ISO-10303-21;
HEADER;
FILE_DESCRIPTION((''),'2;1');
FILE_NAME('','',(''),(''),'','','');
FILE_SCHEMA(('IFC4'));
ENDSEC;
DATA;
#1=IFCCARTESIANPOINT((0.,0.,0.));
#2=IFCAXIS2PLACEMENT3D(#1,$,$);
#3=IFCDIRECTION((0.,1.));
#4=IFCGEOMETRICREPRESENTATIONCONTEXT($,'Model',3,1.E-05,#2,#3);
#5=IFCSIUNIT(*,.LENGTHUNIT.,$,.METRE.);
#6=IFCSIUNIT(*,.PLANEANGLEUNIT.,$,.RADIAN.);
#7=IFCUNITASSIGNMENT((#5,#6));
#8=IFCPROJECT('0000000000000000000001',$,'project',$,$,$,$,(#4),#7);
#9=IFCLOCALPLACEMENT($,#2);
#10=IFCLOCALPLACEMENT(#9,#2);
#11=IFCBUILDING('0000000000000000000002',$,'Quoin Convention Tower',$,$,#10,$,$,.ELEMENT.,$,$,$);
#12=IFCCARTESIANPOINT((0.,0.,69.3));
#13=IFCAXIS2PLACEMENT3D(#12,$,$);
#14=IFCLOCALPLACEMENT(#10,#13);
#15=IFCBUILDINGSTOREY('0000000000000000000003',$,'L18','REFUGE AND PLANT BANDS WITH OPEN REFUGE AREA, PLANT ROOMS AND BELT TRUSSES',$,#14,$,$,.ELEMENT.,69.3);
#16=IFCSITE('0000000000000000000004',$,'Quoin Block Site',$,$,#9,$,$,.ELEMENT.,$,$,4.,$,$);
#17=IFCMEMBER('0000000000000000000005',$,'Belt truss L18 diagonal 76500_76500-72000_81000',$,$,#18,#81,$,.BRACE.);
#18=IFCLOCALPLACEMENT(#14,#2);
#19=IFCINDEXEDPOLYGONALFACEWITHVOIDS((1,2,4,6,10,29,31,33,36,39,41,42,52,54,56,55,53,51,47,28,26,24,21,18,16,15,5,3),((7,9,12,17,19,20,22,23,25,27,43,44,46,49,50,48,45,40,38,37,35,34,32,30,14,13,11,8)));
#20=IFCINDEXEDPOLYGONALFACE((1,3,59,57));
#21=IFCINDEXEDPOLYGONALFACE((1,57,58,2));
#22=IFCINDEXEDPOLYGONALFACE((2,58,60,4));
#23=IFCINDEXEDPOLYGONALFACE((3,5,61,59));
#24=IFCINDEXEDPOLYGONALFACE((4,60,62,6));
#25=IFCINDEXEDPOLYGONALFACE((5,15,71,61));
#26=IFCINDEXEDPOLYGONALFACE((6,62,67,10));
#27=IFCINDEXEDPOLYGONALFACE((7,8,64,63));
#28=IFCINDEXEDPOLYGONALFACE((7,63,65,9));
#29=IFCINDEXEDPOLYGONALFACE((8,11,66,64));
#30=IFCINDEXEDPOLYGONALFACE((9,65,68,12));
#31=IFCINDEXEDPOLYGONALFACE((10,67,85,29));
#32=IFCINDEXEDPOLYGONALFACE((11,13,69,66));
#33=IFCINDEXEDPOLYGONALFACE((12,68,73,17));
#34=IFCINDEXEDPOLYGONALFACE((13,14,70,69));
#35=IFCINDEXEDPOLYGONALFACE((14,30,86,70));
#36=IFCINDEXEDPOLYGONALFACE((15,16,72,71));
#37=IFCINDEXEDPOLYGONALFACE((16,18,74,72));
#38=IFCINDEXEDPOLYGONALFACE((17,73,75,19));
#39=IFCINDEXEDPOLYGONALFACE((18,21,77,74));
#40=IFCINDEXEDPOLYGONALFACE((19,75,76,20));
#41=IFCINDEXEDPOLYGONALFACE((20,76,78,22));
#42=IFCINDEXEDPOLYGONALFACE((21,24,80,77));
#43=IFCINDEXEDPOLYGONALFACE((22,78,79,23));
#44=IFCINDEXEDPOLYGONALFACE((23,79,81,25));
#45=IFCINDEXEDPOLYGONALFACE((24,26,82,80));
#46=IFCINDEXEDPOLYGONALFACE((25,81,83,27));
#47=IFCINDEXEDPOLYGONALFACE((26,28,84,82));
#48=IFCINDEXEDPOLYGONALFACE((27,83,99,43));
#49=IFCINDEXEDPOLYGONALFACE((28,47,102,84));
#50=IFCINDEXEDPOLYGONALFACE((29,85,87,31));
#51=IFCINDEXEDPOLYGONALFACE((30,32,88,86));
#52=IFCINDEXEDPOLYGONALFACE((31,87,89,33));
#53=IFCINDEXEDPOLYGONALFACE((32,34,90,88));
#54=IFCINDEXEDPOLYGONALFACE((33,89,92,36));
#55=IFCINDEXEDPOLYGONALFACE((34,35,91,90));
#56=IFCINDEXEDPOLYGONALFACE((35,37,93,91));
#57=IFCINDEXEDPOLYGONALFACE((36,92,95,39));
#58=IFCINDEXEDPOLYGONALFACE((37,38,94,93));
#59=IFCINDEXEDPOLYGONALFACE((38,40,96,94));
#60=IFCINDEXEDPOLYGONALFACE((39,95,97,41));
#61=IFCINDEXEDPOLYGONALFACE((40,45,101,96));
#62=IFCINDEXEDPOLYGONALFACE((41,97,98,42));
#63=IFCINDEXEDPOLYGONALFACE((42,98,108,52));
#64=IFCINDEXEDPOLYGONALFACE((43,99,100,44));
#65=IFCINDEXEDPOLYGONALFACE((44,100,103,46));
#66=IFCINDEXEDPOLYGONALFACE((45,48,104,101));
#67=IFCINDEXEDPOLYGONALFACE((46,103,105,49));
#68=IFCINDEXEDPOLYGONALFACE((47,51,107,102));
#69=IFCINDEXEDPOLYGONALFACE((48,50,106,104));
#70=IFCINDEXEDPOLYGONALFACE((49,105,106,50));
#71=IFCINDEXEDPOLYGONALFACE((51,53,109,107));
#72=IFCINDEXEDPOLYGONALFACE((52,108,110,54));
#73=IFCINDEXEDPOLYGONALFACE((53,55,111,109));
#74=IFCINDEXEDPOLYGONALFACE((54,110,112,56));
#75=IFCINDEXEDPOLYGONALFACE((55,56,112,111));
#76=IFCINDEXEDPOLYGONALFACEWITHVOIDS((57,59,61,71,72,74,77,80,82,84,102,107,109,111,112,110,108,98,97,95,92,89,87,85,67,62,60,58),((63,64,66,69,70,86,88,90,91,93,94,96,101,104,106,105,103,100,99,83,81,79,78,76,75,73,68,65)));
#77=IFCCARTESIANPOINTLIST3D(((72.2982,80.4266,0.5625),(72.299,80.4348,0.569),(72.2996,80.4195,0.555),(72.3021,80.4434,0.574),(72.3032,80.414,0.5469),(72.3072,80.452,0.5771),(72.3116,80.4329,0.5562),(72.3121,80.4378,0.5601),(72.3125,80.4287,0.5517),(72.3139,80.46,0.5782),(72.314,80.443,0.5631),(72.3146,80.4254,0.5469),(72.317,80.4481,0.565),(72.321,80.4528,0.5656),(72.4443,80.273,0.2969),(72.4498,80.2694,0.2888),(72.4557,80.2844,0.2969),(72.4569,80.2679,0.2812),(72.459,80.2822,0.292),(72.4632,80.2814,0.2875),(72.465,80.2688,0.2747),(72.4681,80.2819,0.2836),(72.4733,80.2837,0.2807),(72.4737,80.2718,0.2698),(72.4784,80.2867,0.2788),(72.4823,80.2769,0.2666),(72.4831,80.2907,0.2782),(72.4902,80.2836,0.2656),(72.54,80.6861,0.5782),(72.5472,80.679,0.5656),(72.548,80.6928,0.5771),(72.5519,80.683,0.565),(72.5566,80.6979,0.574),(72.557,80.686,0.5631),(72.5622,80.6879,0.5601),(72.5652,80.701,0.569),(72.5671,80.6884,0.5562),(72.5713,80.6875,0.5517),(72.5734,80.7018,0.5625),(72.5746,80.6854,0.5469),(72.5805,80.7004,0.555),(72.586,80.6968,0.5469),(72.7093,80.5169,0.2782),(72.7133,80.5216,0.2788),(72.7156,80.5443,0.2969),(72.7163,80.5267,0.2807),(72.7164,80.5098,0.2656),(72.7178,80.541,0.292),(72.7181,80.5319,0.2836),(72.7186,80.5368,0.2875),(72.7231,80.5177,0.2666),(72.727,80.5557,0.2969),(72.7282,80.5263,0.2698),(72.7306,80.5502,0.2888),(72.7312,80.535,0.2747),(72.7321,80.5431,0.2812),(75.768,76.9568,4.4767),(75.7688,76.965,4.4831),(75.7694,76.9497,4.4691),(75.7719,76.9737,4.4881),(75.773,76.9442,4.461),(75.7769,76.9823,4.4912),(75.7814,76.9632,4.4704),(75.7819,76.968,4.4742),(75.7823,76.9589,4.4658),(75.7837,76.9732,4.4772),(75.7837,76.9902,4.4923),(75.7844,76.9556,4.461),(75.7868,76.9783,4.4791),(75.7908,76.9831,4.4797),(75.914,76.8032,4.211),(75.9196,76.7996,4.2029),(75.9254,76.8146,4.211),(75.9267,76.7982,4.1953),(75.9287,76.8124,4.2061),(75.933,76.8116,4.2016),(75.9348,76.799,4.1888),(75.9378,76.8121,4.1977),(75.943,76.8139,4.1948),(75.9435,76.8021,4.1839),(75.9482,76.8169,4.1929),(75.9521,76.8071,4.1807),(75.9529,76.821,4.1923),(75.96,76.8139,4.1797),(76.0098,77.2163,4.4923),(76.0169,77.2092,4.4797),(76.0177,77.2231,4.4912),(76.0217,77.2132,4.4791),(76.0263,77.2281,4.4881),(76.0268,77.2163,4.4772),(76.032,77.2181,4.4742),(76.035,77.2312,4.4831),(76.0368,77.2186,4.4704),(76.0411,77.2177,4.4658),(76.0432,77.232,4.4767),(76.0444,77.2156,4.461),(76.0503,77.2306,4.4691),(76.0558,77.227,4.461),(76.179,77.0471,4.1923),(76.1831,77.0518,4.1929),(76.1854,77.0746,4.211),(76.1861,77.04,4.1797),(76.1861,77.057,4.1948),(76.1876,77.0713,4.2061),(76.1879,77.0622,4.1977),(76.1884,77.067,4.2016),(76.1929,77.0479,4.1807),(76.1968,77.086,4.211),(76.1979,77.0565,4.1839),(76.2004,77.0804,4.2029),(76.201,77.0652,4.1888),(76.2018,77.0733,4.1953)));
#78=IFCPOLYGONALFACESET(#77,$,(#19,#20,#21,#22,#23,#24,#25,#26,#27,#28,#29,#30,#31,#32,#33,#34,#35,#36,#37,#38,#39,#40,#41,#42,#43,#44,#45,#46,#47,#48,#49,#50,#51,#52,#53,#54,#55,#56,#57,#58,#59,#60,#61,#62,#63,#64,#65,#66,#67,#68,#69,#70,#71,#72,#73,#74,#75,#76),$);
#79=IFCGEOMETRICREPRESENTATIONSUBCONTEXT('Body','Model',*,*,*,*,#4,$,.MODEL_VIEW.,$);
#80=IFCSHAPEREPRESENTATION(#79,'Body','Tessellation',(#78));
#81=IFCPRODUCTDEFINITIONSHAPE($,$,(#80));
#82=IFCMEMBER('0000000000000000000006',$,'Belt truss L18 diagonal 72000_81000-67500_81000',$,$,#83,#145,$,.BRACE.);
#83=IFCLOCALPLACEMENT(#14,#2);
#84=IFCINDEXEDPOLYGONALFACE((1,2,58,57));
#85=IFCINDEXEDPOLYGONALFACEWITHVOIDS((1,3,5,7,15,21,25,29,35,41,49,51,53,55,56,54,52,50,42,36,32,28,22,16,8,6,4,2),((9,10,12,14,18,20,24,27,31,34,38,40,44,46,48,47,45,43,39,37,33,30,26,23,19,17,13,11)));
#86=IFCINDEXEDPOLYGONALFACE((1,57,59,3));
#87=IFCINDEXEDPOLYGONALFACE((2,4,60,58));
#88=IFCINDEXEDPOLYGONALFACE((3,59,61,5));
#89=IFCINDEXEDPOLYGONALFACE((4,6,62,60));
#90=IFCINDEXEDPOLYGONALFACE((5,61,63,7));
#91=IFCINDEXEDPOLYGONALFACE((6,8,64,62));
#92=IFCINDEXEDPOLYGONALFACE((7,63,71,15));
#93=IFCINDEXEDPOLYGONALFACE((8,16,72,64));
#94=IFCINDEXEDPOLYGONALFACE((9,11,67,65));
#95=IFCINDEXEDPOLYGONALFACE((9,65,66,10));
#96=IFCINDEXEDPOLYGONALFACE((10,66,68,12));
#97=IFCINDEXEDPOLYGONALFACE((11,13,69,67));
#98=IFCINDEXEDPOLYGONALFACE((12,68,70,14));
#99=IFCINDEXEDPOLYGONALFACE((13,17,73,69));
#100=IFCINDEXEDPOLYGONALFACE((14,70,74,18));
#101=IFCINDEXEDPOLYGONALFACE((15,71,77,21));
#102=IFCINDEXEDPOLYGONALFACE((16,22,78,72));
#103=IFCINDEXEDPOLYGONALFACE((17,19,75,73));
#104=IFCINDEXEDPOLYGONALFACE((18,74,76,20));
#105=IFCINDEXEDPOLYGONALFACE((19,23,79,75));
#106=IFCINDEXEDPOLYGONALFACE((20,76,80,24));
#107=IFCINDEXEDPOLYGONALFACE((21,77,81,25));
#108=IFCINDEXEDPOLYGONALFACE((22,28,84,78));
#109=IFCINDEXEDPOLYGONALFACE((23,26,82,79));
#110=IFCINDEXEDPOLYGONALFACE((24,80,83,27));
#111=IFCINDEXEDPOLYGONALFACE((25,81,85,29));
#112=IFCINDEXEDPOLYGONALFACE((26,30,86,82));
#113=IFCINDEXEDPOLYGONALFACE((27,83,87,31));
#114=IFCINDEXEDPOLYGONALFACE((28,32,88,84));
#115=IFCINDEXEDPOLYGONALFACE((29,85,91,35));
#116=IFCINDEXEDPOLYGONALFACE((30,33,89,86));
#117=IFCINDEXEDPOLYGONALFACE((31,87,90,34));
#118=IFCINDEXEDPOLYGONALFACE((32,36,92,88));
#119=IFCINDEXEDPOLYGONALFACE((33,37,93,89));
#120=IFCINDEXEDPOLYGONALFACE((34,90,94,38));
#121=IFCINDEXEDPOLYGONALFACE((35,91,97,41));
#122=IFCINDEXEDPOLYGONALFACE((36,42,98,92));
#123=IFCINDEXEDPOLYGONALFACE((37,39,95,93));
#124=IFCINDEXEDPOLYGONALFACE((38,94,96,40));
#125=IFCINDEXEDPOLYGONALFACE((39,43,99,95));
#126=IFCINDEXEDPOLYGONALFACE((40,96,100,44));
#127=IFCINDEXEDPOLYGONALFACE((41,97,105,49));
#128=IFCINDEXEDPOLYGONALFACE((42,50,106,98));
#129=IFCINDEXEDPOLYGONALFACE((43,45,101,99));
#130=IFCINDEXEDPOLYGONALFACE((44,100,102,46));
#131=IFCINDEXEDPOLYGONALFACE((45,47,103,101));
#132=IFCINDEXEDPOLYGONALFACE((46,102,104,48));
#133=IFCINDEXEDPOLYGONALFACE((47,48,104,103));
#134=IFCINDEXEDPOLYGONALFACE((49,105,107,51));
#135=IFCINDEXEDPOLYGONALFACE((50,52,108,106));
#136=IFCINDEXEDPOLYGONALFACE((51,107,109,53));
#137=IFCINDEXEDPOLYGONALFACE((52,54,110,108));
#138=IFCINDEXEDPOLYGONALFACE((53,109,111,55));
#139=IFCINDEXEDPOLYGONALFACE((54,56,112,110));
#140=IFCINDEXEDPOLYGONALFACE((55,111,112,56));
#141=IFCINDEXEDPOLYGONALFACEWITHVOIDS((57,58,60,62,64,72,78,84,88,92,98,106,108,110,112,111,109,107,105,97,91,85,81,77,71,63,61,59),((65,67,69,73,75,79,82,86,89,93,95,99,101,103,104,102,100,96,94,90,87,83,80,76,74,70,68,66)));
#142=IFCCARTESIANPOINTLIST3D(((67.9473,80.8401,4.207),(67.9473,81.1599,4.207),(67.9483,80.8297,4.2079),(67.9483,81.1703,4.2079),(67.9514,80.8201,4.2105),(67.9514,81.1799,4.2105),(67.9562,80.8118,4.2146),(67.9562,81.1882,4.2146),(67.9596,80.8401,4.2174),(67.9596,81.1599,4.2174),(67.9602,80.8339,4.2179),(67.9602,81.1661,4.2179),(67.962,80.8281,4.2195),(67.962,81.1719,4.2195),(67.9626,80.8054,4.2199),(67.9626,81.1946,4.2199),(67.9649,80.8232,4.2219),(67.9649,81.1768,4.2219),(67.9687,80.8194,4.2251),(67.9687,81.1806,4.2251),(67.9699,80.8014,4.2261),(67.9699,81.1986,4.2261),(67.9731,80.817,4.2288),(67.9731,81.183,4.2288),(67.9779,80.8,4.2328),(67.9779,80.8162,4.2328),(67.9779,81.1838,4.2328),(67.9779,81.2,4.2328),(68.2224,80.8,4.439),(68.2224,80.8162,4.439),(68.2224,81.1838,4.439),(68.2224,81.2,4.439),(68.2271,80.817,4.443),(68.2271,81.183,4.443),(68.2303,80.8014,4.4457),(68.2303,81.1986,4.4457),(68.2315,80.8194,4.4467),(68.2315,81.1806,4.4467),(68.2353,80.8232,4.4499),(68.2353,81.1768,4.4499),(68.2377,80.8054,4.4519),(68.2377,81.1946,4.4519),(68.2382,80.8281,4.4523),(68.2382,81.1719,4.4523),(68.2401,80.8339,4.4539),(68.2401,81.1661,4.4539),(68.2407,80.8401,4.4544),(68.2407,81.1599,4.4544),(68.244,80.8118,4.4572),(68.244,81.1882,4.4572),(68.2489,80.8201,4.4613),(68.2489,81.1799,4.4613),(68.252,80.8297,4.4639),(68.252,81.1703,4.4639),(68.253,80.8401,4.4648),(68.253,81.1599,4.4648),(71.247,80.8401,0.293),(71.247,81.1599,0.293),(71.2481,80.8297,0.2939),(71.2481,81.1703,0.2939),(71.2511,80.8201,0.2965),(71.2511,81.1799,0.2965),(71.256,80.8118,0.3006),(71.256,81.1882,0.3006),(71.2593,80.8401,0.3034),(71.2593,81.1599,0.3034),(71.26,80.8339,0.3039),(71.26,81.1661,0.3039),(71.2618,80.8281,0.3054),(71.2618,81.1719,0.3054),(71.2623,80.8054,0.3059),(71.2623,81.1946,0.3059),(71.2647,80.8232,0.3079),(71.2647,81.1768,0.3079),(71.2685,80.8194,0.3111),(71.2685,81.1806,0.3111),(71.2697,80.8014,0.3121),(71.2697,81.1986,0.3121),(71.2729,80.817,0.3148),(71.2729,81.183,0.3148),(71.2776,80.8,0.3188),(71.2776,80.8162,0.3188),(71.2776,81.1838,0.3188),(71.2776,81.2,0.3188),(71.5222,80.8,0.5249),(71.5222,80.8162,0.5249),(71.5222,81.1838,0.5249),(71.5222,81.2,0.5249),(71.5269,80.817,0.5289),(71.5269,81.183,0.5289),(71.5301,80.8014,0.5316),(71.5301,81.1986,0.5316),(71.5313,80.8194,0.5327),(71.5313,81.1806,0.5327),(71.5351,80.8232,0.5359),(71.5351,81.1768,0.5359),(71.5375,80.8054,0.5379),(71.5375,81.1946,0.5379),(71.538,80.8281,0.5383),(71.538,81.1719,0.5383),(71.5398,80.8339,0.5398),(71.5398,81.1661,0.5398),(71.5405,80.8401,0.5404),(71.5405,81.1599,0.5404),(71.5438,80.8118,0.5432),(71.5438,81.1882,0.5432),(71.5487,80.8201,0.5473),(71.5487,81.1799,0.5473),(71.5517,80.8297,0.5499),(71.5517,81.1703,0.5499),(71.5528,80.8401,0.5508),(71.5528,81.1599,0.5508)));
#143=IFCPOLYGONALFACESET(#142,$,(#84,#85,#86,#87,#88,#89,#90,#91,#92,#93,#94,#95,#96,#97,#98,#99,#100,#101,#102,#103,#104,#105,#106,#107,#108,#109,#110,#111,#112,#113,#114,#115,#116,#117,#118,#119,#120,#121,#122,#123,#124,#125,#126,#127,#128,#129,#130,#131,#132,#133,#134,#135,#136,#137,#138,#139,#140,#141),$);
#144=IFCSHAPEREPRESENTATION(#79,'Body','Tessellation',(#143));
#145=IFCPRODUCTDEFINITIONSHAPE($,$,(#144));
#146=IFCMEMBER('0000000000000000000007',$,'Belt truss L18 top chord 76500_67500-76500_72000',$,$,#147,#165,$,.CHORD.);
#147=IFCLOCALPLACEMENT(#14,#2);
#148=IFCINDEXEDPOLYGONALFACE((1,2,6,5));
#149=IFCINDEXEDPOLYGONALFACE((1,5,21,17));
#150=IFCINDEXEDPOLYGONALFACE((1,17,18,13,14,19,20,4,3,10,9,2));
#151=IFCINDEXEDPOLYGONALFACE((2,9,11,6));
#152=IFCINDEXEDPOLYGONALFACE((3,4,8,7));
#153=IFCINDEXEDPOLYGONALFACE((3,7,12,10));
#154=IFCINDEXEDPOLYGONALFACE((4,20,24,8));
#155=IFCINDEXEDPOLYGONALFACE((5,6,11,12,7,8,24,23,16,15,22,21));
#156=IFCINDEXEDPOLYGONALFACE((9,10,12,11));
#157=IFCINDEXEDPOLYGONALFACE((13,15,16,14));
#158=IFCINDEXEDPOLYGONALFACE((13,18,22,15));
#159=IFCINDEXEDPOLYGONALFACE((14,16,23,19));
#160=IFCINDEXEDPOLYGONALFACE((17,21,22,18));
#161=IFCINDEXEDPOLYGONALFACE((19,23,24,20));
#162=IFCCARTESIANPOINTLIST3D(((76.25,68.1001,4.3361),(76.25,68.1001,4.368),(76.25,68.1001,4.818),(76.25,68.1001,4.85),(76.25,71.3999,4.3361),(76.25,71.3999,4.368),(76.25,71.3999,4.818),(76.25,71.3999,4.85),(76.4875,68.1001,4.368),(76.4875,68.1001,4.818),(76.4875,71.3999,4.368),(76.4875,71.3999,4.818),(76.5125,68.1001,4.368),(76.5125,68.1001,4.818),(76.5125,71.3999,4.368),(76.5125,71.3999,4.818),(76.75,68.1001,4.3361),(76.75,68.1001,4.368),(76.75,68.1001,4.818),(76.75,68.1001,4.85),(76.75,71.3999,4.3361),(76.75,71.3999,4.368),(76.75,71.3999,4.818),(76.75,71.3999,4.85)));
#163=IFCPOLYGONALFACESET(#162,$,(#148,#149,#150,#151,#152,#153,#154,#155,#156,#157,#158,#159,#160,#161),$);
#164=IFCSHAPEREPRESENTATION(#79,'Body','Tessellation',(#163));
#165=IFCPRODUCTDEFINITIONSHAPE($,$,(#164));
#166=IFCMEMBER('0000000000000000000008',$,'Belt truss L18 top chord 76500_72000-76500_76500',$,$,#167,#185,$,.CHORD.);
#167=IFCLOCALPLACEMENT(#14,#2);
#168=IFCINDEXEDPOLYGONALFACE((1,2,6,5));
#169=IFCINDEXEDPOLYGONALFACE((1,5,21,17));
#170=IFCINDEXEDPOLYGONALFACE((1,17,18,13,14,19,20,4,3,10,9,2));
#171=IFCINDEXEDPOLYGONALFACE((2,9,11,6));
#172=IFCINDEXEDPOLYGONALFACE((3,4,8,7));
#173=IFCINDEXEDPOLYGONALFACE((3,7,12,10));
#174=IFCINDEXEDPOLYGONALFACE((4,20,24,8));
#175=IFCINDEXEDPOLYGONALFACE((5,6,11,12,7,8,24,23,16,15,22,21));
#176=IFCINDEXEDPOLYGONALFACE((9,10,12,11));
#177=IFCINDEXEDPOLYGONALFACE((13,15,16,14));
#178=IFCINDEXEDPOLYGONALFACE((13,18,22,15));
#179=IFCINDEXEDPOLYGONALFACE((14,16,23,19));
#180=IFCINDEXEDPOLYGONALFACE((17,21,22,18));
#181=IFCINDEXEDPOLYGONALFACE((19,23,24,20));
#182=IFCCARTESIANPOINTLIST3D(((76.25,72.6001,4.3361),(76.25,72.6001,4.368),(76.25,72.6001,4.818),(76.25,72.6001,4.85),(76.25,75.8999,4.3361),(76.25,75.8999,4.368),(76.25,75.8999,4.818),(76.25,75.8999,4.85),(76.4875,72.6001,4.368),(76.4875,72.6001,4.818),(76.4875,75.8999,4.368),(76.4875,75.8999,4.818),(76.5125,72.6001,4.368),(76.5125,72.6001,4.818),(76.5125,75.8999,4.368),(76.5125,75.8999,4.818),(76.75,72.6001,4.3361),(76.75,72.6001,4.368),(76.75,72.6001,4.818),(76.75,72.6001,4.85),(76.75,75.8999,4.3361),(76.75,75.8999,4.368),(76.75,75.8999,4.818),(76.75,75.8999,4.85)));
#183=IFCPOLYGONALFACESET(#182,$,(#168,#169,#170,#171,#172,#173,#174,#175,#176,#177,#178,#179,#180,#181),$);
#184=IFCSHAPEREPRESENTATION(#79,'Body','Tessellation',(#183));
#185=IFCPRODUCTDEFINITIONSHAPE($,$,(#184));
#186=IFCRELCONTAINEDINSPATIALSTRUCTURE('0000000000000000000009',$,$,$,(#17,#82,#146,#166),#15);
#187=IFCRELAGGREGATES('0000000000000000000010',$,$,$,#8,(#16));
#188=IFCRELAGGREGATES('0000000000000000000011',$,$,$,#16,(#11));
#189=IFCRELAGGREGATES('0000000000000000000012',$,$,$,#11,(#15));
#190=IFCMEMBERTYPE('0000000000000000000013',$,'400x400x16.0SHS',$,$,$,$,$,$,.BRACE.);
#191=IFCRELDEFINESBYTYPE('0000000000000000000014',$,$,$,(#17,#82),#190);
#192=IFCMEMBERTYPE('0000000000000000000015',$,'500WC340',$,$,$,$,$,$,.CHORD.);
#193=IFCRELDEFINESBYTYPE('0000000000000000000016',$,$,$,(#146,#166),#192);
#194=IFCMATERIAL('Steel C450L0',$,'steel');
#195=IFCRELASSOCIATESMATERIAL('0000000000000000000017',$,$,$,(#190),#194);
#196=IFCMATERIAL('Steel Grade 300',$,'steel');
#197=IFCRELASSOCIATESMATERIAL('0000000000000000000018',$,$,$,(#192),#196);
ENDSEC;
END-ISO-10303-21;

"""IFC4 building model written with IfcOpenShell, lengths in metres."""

from ifc_helpers import new_model, si_unit, direction, frame, origin, origin_2d, place, context, subcontext, project, spatial, hollow_rectangle, i_section, extrude, material, material_profile, profile_set, type_object, element, save


model = new_model("IFC4")

# Units and contexts
model_context = context("Model", 3, precision=1e-05, world=origin(), true_north=direction((0.0, 1.0)))
body_context = subcontext(model_context, "Body", "Model", "MODEL_VIEW")
ifc_project = project(units=[si_unit("LENGTHUNIT", "METRE"), si_unit("PLANEANGLEUNIT", "RADIAN")], contexts=[model_context])

# Site, building, storey
site_placement = place(None, origin())
site = spatial("IfcSite", under=ifc_project, at=site_placement, Name="Quoin Block Site", CompositionType="ELEMENT", RefElevation=4.0)
building_placement = place(site_placement, origin())
building = spatial("IfcBuilding", under=site, at=building_placement, Name="Quoin Convention Tower", CompositionType="ELEMENT")
storey_placement = place(building_placement, frame((0.0, 0.0, 69.3)))
storey = spatial("IfcBuildingStorey", under=building, at=storey_placement, Name="L18", Description="REFUGE AND PLANT BANDS WITH OPEN REFUGE AREA, PLANT ROOMS AND BELT TRUSSES", CompositionType="ELEMENT", Elevation=69.3)

# Members
ifc_material_1 = material(Name="Steel Grade 300", Category="steel")
ifc_material_2 = material(Name="Steel C450L0", Category="steel")
ifc_material_profile_1 = material_profile(ifc_material_2, hollow_rectangle(XDim=0.3999, YDim=0.3999, WallThickness=0.0161, InnerFilletRadius=0.0239, OuterFilletRadius=0.04, at=origin_2d()), Name="400x400x16.0SHS")
ifc_profile_set_1 = profile_set([ifc_material_profile_1], Name="Steel C450L0")
member_type_1 = type_object("IfcMemberType", Name="400x400x16.0SHS", PredefinedType="BRACE", material=ifc_profile_set_1)
member_1_placement = place(storey_placement, frame((72.5151, 80.4849, 0.4219), z_axis=(0.552788, -0.552788, 0.623579), x_axis=(0.707107, 0.707107, 0.0)))
element("IfcMember", 1, at=member_1_placement, inside=storey, type_object=member_type_1, Name="Belt truss L18 diagonal 76500_76500-72000_81000", PredefinedType="BRACE", context=body_context, shape_type="SweptSolid", body=[
    extrude(hollow_rectangle(XDim=0.3999, YDim=0.3999, WallThickness=0.0161, InnerFilletRadius=0.0239, OuterFilletRadius=0.04, at=origin_2d()), origin(), (0.0, 0.0, 1.0), 6.2769),
])
member_2_placement = place(storey_placement, frame((71.3999, 81.0, 0.4219), z_axis=(-0.644564, 0.0, 0.76455), x_axis=(0.0, -1.0, 0.0)))
element("IfcMember", 2, at=member_2_placement, inside=storey, type_object=member_type_1, Name="Belt truss L18 diagonal 72000_81000-67500_81000", PredefinedType="BRACE", context=body_context, shape_type="SweptSolid", body=[
    extrude(hollow_rectangle(XDim=0.3999, YDim=0.3999, WallThickness=0.0161, InnerFilletRadius=0.0239, OuterFilletRadius=0.04, at=origin_2d()), origin(), (0.0, 0.0, 1.0), 5.1194),
])
ifc_material_profile_2 = material_profile(ifc_material_1, i_section(OverallWidth=0.5, OverallDepth=0.5139, WebThickness=0.0249, FlangeThickness=0.032, at=origin_2d()), Name="500WC340")
ifc_profile_set_2 = profile_set([ifc_material_profile_2], Name="Steel Grade 300")
member_type_2 = type_object("IfcMemberType", Name="500WC340", PredefinedType="CHORD", material=ifc_profile_set_2)
for number, where, z_axis, x_axis, name in (
    (3, (76.5, 68.1001, 4.593), (0.0, 1.0, 0.0), (-1.0, 0.0, 0.0), "Belt truss L18 top chord 76500_67500-76500_72000"),
    (4, (76.5, 72.6001, 4.593), (0.0, 1.0, 0.0), (-1.0, 0.0, 0.0), "Belt truss L18 top chord 76500_72000-76500_76500"),
):
    element("IfcMember", number, at=place(storey_placement, frame(where, z_axis=z_axis, x_axis=x_axis)), inside=storey, type_object=member_type_2, Name=name, PredefinedType="CHORD", context=body_context, shape_type="SweptSolid", body=[
        extrude(i_section(OverallWidth=0.5, OverallDepth=0.5139, WebThickness=0.0249, FlangeThickness=0.032, at=origin_2d()), origin(), (0.0, 0.0, 1.0), 3.2998),
    ])

save(model, "model.ifc")
